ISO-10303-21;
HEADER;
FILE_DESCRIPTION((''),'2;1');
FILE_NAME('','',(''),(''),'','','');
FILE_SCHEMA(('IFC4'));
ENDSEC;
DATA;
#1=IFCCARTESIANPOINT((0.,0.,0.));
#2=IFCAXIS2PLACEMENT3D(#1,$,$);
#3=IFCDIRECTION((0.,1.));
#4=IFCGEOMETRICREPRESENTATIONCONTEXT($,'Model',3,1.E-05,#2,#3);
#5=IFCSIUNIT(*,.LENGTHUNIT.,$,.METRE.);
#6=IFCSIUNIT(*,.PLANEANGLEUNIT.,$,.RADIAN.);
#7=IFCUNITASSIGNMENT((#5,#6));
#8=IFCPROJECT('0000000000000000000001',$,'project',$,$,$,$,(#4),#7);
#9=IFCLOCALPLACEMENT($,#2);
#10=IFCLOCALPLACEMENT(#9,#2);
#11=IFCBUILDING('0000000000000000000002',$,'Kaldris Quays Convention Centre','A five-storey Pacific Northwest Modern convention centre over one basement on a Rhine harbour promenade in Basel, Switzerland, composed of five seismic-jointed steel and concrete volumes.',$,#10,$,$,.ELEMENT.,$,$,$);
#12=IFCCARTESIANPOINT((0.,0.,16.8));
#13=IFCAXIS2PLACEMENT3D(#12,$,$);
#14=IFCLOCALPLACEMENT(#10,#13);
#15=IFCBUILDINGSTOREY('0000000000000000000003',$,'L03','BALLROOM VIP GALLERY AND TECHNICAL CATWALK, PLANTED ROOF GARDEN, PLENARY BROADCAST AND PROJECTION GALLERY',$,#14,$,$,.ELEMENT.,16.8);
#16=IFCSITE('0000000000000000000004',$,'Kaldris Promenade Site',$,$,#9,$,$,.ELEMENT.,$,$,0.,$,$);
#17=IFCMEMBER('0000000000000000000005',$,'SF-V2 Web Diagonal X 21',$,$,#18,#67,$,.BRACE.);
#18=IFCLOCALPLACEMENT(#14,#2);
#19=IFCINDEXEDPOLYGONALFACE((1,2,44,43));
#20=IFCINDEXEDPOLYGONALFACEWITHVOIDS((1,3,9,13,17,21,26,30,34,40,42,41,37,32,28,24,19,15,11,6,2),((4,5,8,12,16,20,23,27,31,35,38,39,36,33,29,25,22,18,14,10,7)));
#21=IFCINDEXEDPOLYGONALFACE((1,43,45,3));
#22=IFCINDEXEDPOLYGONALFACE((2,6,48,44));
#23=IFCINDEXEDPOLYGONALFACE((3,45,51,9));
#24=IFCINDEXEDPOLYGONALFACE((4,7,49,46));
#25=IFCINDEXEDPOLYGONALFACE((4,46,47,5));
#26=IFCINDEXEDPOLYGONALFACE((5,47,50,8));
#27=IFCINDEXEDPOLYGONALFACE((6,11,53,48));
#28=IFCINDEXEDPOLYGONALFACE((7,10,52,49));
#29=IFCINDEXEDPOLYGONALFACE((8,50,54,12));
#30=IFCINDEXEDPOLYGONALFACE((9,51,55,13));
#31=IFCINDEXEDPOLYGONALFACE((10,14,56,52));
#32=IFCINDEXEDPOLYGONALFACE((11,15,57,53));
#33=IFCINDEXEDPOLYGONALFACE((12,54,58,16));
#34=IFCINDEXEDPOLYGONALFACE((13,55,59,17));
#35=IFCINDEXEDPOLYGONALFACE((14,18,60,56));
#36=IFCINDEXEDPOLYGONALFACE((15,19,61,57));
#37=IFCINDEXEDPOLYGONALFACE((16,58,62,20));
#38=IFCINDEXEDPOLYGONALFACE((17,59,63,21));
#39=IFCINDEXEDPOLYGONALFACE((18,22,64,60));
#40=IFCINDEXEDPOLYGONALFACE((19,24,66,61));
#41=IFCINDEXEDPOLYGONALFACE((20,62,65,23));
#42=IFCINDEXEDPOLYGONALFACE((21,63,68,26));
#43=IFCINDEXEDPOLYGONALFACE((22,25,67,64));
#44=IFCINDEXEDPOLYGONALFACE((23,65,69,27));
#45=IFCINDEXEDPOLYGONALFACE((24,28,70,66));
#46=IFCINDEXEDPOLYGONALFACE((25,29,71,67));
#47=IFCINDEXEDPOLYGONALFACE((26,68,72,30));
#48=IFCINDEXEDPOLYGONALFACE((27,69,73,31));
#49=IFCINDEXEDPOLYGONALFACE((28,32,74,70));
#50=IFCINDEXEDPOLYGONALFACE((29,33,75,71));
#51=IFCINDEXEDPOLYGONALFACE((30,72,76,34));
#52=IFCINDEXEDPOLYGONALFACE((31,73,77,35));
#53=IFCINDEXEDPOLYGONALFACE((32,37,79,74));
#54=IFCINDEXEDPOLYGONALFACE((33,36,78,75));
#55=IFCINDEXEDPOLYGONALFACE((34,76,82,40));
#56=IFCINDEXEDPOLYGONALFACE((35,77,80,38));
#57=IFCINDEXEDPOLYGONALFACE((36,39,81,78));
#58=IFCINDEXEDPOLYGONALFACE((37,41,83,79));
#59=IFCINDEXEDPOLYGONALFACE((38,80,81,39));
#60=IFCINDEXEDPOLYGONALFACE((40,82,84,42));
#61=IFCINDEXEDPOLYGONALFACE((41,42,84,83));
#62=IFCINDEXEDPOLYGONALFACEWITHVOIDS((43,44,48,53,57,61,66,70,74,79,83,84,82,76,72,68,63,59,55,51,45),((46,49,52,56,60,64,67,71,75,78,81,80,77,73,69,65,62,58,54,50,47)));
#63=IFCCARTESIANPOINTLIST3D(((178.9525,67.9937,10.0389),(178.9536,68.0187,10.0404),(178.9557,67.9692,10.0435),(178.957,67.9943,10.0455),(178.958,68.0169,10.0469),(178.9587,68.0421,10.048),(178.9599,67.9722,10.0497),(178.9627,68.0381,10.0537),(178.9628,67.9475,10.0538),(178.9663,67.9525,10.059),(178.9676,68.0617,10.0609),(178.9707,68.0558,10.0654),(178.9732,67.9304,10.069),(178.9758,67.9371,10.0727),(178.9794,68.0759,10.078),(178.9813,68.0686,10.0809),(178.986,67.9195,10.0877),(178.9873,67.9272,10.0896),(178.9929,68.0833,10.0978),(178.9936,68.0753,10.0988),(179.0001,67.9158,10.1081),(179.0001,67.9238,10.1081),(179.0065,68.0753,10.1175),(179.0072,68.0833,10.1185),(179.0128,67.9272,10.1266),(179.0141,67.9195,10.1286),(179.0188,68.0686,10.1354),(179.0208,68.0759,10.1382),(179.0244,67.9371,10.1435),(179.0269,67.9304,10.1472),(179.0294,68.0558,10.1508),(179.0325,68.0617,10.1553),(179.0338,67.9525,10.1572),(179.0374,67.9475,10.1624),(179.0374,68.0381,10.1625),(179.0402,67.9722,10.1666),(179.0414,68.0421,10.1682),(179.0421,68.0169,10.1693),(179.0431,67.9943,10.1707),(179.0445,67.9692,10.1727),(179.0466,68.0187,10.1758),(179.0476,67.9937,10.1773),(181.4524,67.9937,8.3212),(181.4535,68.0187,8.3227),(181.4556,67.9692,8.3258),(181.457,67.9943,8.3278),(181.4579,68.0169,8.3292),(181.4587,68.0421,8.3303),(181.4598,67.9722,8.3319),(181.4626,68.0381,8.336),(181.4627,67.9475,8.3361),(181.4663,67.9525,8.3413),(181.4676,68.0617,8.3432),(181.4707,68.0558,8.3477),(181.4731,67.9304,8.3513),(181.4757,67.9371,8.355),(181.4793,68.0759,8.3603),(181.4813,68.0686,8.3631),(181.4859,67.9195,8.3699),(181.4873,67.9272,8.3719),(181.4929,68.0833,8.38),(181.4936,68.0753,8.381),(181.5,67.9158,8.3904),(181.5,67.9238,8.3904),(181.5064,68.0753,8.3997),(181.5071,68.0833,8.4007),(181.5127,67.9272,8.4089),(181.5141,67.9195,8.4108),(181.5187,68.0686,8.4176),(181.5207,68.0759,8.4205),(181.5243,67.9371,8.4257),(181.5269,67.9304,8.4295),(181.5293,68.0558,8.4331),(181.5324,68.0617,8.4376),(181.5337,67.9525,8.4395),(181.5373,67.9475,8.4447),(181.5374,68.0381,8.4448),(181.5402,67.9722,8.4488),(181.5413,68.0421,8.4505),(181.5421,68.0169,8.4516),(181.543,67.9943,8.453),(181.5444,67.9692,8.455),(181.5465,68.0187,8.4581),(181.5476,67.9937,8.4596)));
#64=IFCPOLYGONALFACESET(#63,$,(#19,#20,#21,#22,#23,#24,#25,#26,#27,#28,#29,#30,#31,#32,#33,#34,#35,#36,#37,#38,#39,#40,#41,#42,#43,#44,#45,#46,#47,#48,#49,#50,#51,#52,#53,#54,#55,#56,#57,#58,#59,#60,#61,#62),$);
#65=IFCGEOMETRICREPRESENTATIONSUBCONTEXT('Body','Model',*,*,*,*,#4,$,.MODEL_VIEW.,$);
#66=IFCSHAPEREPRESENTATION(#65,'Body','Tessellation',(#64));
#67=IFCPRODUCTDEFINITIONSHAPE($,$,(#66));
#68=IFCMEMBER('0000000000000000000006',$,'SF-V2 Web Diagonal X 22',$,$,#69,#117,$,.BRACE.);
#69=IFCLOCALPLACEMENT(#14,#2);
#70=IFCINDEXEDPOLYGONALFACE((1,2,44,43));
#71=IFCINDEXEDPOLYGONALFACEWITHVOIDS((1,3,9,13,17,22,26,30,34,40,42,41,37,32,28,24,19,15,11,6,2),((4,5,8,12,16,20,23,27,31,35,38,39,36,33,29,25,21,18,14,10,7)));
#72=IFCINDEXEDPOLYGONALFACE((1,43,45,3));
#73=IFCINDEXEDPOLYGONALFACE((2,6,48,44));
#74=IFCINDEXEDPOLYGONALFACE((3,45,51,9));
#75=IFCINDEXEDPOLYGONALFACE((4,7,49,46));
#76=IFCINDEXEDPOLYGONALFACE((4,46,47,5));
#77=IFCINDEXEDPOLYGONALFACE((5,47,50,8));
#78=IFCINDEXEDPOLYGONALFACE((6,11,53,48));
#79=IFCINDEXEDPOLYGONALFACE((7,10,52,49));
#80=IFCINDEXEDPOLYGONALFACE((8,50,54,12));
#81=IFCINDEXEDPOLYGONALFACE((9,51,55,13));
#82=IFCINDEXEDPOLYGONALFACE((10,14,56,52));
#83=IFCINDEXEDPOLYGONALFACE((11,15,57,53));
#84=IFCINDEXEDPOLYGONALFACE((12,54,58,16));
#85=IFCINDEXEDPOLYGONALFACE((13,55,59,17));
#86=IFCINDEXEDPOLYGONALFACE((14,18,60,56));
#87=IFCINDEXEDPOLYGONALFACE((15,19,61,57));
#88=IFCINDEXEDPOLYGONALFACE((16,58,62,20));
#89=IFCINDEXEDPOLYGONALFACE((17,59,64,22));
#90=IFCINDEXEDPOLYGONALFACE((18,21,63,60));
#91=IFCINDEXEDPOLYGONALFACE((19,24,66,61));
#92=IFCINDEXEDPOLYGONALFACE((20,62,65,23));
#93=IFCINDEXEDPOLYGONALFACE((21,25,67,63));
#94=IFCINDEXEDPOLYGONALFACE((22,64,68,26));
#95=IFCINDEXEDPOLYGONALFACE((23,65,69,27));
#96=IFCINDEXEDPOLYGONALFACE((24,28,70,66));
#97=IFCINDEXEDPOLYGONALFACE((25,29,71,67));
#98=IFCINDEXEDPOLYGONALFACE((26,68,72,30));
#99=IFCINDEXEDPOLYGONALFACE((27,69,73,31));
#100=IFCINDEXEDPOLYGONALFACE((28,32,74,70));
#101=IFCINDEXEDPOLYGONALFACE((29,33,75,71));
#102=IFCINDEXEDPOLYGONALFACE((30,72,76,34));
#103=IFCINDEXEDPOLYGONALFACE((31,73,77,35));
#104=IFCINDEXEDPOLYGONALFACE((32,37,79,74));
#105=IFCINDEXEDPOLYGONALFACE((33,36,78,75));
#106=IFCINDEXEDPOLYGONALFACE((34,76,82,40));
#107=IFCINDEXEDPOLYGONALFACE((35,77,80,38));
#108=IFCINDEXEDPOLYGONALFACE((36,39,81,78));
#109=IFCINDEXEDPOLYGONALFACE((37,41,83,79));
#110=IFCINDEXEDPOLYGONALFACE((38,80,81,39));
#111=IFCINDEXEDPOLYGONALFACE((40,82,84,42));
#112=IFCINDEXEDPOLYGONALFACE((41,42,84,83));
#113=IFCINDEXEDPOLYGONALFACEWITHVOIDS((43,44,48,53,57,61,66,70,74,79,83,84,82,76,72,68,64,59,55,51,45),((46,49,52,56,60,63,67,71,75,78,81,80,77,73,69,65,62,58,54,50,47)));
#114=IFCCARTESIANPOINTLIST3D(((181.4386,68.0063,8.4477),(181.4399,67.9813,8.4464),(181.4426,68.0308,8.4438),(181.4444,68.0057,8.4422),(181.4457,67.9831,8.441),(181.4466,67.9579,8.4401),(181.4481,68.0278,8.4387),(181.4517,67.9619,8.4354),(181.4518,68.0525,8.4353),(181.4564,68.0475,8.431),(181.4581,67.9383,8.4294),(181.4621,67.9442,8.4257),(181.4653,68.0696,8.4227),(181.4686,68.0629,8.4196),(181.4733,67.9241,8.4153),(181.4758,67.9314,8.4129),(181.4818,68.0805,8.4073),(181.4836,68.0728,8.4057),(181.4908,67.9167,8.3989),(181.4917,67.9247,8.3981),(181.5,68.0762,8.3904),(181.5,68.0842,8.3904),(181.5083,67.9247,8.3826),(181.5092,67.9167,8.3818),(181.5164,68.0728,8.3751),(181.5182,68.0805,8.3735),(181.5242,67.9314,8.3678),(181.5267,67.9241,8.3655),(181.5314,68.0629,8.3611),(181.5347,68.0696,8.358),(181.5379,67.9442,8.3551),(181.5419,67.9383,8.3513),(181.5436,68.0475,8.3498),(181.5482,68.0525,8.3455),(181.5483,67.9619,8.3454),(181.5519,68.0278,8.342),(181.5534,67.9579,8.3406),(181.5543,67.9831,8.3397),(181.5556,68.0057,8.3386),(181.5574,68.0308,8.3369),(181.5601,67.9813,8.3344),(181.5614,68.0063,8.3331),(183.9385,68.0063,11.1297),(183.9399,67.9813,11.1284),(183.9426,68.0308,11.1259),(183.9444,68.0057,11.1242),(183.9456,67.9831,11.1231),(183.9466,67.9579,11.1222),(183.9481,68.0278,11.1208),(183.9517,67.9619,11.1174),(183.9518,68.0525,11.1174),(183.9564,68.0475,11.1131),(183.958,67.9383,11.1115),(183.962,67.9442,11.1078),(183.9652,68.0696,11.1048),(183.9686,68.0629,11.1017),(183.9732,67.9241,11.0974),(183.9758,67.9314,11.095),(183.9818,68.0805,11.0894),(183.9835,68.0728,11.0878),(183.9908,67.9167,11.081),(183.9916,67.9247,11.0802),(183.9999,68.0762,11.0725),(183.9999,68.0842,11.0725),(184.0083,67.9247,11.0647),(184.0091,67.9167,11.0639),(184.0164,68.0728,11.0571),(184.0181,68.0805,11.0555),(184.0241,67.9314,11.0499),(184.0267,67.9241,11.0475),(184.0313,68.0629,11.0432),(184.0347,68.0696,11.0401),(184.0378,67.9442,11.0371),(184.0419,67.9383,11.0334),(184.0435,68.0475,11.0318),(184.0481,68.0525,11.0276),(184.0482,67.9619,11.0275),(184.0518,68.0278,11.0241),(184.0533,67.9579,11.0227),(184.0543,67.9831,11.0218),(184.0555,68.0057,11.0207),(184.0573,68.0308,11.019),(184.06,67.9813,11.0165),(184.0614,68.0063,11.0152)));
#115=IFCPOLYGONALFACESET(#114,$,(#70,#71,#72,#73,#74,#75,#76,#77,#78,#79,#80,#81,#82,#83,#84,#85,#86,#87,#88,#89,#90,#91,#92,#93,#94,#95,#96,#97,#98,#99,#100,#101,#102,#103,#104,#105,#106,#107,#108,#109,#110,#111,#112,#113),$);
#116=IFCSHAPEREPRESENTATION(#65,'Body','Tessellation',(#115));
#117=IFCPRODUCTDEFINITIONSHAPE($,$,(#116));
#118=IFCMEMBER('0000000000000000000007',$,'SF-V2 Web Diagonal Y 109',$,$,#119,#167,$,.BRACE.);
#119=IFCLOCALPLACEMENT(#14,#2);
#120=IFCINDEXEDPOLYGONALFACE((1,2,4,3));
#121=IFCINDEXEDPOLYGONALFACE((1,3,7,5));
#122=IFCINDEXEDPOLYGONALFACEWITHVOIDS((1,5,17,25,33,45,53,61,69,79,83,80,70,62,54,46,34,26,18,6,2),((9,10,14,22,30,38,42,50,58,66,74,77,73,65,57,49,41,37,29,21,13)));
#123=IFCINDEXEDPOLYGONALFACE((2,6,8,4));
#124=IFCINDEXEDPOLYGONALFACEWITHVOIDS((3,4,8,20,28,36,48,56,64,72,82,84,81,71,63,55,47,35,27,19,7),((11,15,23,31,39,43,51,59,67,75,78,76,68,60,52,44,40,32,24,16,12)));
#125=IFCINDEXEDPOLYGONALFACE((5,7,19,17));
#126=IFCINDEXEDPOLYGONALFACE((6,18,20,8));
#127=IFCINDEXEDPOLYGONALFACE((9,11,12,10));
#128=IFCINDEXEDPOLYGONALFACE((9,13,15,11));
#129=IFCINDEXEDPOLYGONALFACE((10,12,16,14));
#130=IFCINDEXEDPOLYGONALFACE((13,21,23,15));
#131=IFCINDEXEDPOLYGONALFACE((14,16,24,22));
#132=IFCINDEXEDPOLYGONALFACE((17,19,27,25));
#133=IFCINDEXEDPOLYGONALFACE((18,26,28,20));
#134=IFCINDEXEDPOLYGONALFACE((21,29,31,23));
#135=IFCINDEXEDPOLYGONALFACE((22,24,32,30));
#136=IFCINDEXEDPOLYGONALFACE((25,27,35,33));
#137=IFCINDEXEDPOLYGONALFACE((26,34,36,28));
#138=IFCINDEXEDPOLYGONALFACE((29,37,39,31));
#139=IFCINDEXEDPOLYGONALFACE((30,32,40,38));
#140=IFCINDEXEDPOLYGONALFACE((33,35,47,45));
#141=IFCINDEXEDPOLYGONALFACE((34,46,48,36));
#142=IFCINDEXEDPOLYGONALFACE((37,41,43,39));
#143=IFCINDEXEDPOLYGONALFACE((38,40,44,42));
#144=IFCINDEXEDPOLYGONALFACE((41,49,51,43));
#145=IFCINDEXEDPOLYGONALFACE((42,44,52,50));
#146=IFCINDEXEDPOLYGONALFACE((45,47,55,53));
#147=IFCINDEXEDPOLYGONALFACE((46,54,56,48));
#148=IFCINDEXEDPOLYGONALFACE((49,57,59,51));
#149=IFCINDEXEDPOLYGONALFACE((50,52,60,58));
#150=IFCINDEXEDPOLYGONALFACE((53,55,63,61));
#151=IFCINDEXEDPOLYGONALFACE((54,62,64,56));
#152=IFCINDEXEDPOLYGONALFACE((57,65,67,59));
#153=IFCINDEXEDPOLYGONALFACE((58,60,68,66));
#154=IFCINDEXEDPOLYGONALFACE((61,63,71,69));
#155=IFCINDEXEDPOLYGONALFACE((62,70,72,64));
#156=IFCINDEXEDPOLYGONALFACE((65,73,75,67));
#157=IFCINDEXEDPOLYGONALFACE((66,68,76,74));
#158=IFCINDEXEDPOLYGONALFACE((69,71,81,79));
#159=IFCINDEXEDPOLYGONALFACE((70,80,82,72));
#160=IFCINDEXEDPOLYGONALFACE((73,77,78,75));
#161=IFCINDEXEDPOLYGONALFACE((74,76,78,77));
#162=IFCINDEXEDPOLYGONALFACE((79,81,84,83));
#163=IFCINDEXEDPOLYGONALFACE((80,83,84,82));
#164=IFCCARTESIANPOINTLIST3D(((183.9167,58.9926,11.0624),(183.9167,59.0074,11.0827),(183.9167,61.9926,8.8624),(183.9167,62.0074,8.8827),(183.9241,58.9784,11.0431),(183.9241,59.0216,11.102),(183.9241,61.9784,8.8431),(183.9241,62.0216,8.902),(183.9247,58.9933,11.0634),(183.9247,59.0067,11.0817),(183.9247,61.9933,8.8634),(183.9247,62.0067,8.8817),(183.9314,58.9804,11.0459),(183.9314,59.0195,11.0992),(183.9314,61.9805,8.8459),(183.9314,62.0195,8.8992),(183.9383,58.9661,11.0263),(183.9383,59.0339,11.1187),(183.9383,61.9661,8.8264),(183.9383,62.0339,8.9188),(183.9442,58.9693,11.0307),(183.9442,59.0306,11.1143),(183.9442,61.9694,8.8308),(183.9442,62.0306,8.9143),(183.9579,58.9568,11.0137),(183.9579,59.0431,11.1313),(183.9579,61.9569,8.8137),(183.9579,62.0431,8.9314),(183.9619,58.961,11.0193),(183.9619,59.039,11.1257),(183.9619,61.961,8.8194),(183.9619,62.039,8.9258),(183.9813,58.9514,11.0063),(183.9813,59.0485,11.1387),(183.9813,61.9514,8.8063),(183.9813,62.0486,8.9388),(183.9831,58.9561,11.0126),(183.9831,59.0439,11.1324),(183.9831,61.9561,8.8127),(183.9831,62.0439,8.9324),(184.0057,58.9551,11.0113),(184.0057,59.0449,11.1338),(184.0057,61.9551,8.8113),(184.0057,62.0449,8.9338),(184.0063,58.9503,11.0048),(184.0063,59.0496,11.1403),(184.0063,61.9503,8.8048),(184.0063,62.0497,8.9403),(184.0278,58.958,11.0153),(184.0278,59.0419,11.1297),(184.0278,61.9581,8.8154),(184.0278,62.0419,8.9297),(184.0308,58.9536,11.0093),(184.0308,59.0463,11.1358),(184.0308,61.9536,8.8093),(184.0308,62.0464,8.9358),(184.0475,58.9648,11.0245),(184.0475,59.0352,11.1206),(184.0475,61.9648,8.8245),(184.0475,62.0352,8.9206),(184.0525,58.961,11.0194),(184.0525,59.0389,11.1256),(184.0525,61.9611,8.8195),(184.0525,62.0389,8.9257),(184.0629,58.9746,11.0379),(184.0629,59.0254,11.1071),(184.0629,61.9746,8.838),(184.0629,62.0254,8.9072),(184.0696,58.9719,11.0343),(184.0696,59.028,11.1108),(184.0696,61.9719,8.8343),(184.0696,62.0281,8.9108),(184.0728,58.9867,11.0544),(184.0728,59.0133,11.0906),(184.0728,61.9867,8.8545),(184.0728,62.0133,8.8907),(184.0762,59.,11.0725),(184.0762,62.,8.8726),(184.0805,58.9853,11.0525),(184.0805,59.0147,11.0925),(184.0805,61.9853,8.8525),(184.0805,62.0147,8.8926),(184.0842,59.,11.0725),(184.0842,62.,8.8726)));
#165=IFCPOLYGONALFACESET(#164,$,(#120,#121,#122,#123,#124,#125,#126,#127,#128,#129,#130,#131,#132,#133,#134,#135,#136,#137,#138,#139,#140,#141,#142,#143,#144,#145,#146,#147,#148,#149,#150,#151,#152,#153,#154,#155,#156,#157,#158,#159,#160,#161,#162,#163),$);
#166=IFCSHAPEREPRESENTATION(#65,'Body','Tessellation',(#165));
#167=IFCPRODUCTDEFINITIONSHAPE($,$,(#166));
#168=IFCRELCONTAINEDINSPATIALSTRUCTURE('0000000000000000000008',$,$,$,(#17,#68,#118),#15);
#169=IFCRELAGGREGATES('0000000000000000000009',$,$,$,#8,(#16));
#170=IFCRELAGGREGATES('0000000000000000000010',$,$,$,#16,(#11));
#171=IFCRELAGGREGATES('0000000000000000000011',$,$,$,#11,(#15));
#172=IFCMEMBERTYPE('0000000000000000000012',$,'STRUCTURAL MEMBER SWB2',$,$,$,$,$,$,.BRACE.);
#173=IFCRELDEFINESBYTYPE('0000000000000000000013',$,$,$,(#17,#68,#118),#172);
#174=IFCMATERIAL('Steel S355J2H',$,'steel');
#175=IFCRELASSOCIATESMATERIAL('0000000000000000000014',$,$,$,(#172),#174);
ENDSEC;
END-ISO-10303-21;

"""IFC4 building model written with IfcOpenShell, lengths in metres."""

from ifc_helpers import new_model, si_unit, direction, frame, origin, origin_2d, place, context, subcontext, project, spatial, hollow_circle, extrude, material, material_profile, profile_set, type_object, element, save


model = new_model("IFC4")

# Units and contexts
model_context = context("Model", 3, precision=1e-05, world=origin(), true_north=direction((0.0, 1.0)))
body_context = subcontext(model_context, "Body", "Model", "MODEL_VIEW")
ifc_project = project(units=[si_unit("LENGTHUNIT", "METRE"), si_unit("PLANEANGLEUNIT", "RADIAN")], contexts=[model_context])

# Site, building, storey
site_placement = place(None, origin())
site = spatial("IfcSite", under=ifc_project, at=site_placement, Name="Kaldris Promenade Site", CompositionType="ELEMENT", RefElevation=0.0)
building_placement = place(site_placement, origin())
building = spatial("IfcBuilding", under=site, at=building_placement, Name="Kaldris Quays Convention Centre", Description="A five-storey Pacific Northwest Modern convention centre over one basement on a Rhine harbour promenade in Basel, Switzerland, composed of five seismic-jointed steel and concrete volumes.", CompositionType="ELEMENT")
storey_placement = place(building_placement, frame((0.0, 0.0, 16.8)))
storey = spatial("IfcBuildingStorey", under=building, at=storey_placement, Name="L03", Description="BALLROOM VIP GALLERY AND TECHNICAL CATWALK, PLANTED ROOF GARDEN, PLENARY BROADCAST AND PROJECTION GALLERY", CompositionType="ELEMENT", Elevation=16.8)

# Members
ifc_material_1 = material(Name="Steel S355J2H", Category="steel")
ifc_material_profile_1 = material_profile(ifc_material_1, hollow_circle(Radius=0.0842, WallThickness=0.0081, at=origin_2d()), Name="CHS 168.3x8")
ifc_profile_set_1 = profile_set([ifc_material_profile_1], Name="Steel S355J2H")
member_type_1 = type_object("IfcMemberType", Name="STRUCTURAL MEMBER SWB2", PredefinedType="BRACE", material=ifc_profile_set_1)
member_1_placement = place(storey_placement, frame((181.5, 68.0, 8.3904), z_axis=(-0.824192, 0.0, 0.56631), x_axis=(0.0, -1.0, 0.0)))
element("IfcMember", 1, at=member_1_placement, inside=storey, type_object=member_type_1, Name="SF-V2 Web Diagonal X 21", PredefinedType="BRACE", context=body_context, shape_type="SweptSolid", body=[
    extrude(hollow_circle(Radius=0.0842, WallThickness=0.0081, at=origin_2d()), origin(), (0.0, 0.0, 1.0), 3.0332),
])
member_2_placement = place(storey_placement, frame((181.5, 68.0, 8.3904), z_axis=(0.681834, 0.0, 0.731507), x_axis=(0.0, 1.0, 0.0)))
element("IfcMember", 2, at=member_2_placement, inside=storey, type_object=member_type_1, Name="SF-V2 Web Diagonal X 22", PredefinedType="BRACE", context=body_context, shape_type="SweptSolid", body=[
    extrude(hollow_circle(Radius=0.0842, WallThickness=0.0081, at=origin_2d()), origin(), (0.0, 0.0, 1.0), 3.6665),
])
for number, where, z_axis, x_axis, name in (
    (3, (184.0, 62.0, 8.8726), (0.0, -0.806411, 0.591355), (1.0, 0.0, 0.0), "SF-V2 Web Diagonal Y 109"),
):
    element("IfcMember", number, at=place(storey_placement, frame(where, z_axis=z_axis, x_axis=x_axis)), inside=storey, type_object=member_type_1, Name=name, PredefinedType="BRACE", context=body_context, shape_type="SweptSolid", body=[
        extrude(hollow_circle(Radius=0.0842, WallThickness=0.0081, at=origin_2d()), origin(), (0.0, 0.0, 1.0), 3.7202),
    ])

save(model, "model.ifc")
